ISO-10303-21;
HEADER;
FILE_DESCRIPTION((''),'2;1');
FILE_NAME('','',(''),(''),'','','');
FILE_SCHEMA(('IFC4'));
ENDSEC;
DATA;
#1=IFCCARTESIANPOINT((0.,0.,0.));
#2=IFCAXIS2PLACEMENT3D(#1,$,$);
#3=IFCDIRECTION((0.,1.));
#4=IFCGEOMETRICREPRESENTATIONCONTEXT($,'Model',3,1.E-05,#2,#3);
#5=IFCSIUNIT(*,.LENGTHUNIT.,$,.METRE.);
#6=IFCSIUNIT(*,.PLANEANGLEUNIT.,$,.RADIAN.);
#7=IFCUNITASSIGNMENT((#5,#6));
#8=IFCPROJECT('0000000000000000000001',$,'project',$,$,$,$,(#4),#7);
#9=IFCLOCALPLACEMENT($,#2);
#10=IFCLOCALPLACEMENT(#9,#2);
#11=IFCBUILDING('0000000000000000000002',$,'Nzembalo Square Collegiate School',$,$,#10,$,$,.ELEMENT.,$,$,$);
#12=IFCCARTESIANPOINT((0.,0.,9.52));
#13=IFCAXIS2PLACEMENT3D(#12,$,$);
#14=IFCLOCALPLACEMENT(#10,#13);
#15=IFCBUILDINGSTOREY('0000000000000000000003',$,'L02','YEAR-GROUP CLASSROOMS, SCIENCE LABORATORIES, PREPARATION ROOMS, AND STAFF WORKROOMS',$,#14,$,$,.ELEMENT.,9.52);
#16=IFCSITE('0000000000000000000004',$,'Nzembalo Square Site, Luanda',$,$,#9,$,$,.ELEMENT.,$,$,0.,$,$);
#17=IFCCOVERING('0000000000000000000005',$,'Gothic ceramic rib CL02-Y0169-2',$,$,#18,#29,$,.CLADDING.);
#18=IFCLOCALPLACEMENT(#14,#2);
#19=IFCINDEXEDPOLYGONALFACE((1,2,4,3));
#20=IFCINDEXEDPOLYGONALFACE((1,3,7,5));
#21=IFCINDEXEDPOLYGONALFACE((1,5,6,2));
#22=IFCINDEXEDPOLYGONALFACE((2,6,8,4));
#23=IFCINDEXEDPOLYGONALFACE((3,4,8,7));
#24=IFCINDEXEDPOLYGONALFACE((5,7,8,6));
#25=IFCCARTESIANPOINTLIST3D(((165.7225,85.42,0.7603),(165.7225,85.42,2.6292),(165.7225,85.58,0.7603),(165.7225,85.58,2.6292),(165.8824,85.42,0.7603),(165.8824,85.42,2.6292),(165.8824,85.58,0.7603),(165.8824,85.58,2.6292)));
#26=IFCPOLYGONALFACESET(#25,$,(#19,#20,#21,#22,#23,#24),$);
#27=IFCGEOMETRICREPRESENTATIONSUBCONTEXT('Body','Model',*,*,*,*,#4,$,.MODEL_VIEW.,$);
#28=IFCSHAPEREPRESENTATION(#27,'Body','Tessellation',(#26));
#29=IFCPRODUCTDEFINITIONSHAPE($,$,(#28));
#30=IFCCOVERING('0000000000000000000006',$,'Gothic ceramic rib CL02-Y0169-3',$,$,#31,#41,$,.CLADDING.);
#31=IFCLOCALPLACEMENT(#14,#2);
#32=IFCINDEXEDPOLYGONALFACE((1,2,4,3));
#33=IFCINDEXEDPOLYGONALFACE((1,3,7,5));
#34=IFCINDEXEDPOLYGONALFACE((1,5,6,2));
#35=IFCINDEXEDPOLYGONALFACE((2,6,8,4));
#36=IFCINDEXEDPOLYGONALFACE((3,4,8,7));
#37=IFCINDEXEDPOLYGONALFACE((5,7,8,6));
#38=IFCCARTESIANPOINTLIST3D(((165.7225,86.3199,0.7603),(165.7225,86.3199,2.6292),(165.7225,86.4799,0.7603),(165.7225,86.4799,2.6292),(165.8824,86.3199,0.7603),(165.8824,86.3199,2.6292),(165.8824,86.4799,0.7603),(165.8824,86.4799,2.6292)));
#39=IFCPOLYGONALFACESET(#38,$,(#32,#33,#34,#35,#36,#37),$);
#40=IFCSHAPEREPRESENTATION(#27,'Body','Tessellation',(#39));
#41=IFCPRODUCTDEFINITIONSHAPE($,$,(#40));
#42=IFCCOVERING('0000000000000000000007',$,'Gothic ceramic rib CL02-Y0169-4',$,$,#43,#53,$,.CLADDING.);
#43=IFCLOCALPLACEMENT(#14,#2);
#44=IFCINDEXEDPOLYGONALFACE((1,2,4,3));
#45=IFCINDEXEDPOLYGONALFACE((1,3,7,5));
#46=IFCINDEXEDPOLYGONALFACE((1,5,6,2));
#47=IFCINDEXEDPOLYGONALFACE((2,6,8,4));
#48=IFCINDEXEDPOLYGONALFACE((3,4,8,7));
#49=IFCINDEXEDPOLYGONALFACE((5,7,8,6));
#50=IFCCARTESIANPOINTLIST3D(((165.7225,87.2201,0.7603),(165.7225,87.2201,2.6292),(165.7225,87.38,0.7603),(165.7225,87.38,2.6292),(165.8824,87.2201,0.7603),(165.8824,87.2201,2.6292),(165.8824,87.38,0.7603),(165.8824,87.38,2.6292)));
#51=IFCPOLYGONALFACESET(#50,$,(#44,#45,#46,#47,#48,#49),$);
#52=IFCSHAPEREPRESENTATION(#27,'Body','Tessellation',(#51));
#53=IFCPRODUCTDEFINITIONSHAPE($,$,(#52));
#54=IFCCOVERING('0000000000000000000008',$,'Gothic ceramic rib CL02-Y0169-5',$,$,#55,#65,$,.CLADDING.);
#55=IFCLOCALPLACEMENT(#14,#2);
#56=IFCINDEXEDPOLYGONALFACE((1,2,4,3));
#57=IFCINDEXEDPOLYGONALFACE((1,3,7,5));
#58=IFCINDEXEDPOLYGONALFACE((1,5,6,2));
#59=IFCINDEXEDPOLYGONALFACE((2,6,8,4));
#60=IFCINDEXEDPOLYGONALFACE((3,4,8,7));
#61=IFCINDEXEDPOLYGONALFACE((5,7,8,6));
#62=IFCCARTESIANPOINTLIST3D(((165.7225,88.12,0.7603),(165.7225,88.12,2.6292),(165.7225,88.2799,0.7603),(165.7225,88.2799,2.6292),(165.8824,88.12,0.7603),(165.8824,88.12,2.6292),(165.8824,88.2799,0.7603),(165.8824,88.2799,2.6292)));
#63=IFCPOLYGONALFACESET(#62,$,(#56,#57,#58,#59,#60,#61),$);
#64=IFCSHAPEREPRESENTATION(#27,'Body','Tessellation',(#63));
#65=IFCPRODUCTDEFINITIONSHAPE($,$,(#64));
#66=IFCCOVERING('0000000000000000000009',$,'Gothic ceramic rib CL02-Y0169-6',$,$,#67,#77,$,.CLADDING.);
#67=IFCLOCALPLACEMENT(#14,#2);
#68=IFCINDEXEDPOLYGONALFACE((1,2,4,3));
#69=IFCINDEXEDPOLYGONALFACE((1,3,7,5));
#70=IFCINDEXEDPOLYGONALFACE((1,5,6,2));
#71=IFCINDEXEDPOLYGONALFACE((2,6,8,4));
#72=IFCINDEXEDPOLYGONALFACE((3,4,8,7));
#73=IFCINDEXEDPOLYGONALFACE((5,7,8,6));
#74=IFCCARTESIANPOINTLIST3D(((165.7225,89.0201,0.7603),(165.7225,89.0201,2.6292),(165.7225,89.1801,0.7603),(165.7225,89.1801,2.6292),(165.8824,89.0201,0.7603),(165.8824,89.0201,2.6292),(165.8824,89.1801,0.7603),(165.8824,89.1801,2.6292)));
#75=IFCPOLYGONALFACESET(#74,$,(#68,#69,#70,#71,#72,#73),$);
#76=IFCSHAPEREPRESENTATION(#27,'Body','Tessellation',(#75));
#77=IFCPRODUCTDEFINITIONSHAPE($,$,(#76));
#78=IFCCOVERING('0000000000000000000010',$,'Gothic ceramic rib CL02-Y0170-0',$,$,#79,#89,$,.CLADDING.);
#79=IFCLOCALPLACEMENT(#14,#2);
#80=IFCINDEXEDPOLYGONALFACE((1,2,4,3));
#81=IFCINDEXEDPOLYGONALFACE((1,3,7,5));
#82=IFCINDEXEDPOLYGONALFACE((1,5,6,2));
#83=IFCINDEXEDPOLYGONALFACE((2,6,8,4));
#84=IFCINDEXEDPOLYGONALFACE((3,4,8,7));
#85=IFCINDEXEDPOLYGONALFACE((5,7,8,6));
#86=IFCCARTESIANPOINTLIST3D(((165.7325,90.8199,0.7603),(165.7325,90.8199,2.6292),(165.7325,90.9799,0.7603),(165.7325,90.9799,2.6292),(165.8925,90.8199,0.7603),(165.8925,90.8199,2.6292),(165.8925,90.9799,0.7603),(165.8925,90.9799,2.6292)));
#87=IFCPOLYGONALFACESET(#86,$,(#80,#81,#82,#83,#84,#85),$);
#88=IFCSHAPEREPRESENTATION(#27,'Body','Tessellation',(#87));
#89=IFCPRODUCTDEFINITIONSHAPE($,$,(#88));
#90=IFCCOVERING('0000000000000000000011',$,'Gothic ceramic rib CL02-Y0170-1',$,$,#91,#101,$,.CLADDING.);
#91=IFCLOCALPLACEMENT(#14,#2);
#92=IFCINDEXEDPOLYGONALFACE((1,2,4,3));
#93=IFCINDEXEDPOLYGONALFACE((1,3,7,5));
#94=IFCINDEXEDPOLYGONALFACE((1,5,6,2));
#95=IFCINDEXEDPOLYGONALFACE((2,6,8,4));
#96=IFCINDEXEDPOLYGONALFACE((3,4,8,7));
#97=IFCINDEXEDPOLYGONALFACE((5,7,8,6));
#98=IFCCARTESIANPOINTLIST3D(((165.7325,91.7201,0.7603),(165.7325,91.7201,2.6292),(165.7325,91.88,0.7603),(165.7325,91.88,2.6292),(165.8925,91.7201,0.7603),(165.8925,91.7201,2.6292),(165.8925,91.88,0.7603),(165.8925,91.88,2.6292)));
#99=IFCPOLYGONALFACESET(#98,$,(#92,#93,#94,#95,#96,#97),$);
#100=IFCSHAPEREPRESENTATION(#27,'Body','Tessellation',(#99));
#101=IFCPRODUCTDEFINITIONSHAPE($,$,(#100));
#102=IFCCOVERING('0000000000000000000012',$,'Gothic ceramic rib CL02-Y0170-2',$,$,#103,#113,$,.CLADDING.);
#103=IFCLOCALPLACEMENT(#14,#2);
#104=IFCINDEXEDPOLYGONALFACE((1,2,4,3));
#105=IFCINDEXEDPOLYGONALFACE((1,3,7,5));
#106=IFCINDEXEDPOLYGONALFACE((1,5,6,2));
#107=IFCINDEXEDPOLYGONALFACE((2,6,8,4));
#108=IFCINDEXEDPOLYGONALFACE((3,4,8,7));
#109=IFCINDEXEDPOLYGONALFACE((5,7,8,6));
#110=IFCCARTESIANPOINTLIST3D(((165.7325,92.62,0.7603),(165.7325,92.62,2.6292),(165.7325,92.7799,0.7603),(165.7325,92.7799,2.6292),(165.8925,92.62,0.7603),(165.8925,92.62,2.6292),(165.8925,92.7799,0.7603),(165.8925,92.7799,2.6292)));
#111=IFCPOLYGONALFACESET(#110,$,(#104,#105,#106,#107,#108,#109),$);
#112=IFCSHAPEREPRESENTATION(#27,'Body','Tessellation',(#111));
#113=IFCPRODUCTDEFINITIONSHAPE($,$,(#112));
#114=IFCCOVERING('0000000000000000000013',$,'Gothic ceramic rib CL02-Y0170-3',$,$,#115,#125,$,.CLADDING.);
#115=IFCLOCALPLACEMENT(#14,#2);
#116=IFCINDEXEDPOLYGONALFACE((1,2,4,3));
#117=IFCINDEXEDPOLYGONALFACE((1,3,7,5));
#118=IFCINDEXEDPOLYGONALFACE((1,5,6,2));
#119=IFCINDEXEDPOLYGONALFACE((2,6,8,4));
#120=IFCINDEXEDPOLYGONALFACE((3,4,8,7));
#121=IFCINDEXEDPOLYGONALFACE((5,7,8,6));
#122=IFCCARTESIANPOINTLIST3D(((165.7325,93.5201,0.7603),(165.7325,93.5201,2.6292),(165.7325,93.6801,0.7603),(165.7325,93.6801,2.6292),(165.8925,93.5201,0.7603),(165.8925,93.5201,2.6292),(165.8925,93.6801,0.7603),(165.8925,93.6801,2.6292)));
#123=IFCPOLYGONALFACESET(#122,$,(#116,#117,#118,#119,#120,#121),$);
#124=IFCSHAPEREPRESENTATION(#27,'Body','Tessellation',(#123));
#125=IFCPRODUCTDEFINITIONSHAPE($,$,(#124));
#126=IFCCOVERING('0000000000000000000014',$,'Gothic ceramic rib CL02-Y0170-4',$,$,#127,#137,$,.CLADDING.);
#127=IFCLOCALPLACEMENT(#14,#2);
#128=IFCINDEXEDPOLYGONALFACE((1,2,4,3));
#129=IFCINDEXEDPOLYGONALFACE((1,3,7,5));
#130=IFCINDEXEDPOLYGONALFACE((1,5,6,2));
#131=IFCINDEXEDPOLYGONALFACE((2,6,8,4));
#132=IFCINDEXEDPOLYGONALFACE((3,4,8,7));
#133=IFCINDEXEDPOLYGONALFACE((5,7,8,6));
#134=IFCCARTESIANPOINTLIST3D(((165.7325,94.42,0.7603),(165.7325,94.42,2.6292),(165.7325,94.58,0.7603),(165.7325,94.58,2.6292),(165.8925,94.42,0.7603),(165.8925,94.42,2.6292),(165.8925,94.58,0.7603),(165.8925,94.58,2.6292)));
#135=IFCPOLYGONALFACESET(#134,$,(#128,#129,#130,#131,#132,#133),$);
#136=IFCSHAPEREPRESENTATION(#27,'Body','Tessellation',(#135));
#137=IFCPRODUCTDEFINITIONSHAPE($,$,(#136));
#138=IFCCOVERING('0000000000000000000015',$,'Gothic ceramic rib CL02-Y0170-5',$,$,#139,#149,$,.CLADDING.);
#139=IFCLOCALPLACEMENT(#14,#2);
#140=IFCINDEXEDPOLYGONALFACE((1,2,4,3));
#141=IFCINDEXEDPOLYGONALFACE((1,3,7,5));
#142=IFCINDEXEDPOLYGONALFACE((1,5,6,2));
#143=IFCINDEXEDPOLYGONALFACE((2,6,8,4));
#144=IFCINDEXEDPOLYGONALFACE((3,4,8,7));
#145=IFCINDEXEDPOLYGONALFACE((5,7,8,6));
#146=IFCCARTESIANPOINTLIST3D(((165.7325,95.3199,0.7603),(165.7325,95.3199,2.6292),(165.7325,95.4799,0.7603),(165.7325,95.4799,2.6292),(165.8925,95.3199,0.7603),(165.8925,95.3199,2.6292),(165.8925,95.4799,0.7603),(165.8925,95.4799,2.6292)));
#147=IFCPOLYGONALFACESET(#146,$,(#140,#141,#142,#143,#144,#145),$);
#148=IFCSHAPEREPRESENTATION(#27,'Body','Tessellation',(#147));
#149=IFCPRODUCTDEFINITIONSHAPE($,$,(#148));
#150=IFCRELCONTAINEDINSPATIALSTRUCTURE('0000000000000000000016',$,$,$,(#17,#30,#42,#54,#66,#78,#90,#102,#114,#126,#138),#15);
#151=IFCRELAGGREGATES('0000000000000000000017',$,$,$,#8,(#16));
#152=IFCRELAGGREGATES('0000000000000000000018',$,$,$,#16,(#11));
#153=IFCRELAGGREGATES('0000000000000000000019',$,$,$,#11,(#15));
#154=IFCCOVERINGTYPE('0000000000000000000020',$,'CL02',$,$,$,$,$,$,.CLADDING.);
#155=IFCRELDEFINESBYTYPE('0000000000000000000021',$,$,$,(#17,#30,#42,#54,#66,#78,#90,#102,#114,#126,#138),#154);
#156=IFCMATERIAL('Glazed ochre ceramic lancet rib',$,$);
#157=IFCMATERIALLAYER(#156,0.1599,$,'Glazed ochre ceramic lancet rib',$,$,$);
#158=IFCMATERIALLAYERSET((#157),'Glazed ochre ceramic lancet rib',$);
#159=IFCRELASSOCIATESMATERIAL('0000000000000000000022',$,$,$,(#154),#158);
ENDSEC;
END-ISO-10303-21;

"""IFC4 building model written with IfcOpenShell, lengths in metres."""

from ifc_helpers import new_model, si_unit, direction, frame, origin, origin_2d, place, context, subcontext, project, spatial, rectangle, extrude, material, layer, layer_set, type_object, element, save


model = new_model("IFC4")

# Units and contexts
model_context = context("Model", 3, precision=1e-05, world=origin(), true_north=direction((0.0, 1.0)))
body_context = subcontext(model_context, "Body", "Model", "MODEL_VIEW")
ifc_project = project(units=[si_unit("LENGTHUNIT", "METRE"), si_unit("PLANEANGLEUNIT", "RADIAN")], contexts=[model_context])

# Site, building, storey
site_placement = place(None, origin())
site = spatial("IfcSite", under=ifc_project, at=site_placement, Name="Nzembalo Square Site, Luanda", CompositionType="ELEMENT", RefElevation=0.0)
building_placement = place(site_placement, origin())
building = spatial("IfcBuilding", under=site, at=building_placement, Name="Nzembalo Square Collegiate School", CompositionType="ELEMENT")
storey_placement = place(building_placement, frame((0.0, 0.0, 9.52)))
storey = spatial("IfcBuildingStorey", under=building, at=storey_placement, Name="L02", Description="YEAR-GROUP CLASSROOMS, SCIENCE LABORATORIES, PREPARATION ROOMS, AND STAFF WORKROOMS", CompositionType="ELEMENT", Elevation=9.52)

# Coverings
ifc_material_1 = material(Name="Glazed ochre ceramic lancet rib")
ifc_layer_1 = layer(ifc_material_1, 0.1599, Name="Glazed ochre ceramic lancet rib")
ifc_layer_set_1 = layer_set([ifc_layer_1], Name="Glazed ochre ceramic lancet rib")
covering_type_1 = type_object("IfcCoveringType", Name="CL02", PredefinedType="CLADDING", material=ifc_layer_set_1)
for number, where, z_axis, x_axis, name in (
    (1, (165.8025, 85.5, 0.7603), (0.0, 0.0, 1.0), (1.0, 0.0, 0.0), "Gothic ceramic rib CL02-Y0169-2"),
    (2, (165.8025, 86.3999, 0.7603), (0.0, 0.0, 1.0), (1.0, 0.0, 0.0), "Gothic ceramic rib CL02-Y0169-3"),
    (3, (165.8025, 87.3, 0.7603), (0.0, 0.0, 1.0), (1.0, 0.0, 0.0), "Gothic ceramic rib CL02-Y0169-4"),
    (4, (165.8025, 88.2, 0.7603), (0.0, 0.0, 1.0), (1.0, 0.0, 0.0), "Gothic ceramic rib CL02-Y0169-5"),
    (5, (165.8025, 89.1001, 0.7603), (0.0, 0.0, 1.0), (1.0, 0.0, 0.0), "Gothic ceramic rib CL02-Y0169-6"),
    (6, (165.8125, 90.8999, 0.7603), (0.0, 0.0, 1.0), (1.0, 0.0, 0.0), "Gothic ceramic rib CL02-Y0170-0"),
    (7, (165.8125, 91.8, 0.7603), (0.0, 0.0, 1.0), (1.0, 0.0, 0.0), "Gothic ceramic rib CL02-Y0170-1"),
    (8, (165.8125, 92.7, 0.7603), (0.0, 0.0, 1.0), (1.0, 0.0, 0.0), "Gothic ceramic rib CL02-Y0170-2"),
    (9, (165.8125, 93.6001, 0.7603), (0.0, 0.0, 1.0), (1.0, 0.0, 0.0), "Gothic ceramic rib CL02-Y0170-3"),
    (10, (165.8125, 94.5, 0.7603), (0.0, 0.0, 1.0), (1.0, 0.0, 0.0), "Gothic ceramic rib CL02-Y0170-4"),
    (11, (165.8125, 95.3999, 0.7603), (0.0, 0.0, 1.0), (1.0, 0.0, 0.0), "Gothic ceramic rib CL02-Y0170-5"),
):
    element("IfcCovering", number, at=place(storey_placement, frame(where, z_axis=z_axis, x_axis=x_axis)), inside=storey, type_object=covering_type_1, Name=name, PredefinedType="CLADDING", context=body_context, shape_type="SweptSolid", body=[
        extrude(rectangle(XDim=0.1599, YDim=0.1599, at=origin_2d()), origin(), (0.0, 0.0, 1.0), 1.8689),
    ])

save(model, "model.ifc")
